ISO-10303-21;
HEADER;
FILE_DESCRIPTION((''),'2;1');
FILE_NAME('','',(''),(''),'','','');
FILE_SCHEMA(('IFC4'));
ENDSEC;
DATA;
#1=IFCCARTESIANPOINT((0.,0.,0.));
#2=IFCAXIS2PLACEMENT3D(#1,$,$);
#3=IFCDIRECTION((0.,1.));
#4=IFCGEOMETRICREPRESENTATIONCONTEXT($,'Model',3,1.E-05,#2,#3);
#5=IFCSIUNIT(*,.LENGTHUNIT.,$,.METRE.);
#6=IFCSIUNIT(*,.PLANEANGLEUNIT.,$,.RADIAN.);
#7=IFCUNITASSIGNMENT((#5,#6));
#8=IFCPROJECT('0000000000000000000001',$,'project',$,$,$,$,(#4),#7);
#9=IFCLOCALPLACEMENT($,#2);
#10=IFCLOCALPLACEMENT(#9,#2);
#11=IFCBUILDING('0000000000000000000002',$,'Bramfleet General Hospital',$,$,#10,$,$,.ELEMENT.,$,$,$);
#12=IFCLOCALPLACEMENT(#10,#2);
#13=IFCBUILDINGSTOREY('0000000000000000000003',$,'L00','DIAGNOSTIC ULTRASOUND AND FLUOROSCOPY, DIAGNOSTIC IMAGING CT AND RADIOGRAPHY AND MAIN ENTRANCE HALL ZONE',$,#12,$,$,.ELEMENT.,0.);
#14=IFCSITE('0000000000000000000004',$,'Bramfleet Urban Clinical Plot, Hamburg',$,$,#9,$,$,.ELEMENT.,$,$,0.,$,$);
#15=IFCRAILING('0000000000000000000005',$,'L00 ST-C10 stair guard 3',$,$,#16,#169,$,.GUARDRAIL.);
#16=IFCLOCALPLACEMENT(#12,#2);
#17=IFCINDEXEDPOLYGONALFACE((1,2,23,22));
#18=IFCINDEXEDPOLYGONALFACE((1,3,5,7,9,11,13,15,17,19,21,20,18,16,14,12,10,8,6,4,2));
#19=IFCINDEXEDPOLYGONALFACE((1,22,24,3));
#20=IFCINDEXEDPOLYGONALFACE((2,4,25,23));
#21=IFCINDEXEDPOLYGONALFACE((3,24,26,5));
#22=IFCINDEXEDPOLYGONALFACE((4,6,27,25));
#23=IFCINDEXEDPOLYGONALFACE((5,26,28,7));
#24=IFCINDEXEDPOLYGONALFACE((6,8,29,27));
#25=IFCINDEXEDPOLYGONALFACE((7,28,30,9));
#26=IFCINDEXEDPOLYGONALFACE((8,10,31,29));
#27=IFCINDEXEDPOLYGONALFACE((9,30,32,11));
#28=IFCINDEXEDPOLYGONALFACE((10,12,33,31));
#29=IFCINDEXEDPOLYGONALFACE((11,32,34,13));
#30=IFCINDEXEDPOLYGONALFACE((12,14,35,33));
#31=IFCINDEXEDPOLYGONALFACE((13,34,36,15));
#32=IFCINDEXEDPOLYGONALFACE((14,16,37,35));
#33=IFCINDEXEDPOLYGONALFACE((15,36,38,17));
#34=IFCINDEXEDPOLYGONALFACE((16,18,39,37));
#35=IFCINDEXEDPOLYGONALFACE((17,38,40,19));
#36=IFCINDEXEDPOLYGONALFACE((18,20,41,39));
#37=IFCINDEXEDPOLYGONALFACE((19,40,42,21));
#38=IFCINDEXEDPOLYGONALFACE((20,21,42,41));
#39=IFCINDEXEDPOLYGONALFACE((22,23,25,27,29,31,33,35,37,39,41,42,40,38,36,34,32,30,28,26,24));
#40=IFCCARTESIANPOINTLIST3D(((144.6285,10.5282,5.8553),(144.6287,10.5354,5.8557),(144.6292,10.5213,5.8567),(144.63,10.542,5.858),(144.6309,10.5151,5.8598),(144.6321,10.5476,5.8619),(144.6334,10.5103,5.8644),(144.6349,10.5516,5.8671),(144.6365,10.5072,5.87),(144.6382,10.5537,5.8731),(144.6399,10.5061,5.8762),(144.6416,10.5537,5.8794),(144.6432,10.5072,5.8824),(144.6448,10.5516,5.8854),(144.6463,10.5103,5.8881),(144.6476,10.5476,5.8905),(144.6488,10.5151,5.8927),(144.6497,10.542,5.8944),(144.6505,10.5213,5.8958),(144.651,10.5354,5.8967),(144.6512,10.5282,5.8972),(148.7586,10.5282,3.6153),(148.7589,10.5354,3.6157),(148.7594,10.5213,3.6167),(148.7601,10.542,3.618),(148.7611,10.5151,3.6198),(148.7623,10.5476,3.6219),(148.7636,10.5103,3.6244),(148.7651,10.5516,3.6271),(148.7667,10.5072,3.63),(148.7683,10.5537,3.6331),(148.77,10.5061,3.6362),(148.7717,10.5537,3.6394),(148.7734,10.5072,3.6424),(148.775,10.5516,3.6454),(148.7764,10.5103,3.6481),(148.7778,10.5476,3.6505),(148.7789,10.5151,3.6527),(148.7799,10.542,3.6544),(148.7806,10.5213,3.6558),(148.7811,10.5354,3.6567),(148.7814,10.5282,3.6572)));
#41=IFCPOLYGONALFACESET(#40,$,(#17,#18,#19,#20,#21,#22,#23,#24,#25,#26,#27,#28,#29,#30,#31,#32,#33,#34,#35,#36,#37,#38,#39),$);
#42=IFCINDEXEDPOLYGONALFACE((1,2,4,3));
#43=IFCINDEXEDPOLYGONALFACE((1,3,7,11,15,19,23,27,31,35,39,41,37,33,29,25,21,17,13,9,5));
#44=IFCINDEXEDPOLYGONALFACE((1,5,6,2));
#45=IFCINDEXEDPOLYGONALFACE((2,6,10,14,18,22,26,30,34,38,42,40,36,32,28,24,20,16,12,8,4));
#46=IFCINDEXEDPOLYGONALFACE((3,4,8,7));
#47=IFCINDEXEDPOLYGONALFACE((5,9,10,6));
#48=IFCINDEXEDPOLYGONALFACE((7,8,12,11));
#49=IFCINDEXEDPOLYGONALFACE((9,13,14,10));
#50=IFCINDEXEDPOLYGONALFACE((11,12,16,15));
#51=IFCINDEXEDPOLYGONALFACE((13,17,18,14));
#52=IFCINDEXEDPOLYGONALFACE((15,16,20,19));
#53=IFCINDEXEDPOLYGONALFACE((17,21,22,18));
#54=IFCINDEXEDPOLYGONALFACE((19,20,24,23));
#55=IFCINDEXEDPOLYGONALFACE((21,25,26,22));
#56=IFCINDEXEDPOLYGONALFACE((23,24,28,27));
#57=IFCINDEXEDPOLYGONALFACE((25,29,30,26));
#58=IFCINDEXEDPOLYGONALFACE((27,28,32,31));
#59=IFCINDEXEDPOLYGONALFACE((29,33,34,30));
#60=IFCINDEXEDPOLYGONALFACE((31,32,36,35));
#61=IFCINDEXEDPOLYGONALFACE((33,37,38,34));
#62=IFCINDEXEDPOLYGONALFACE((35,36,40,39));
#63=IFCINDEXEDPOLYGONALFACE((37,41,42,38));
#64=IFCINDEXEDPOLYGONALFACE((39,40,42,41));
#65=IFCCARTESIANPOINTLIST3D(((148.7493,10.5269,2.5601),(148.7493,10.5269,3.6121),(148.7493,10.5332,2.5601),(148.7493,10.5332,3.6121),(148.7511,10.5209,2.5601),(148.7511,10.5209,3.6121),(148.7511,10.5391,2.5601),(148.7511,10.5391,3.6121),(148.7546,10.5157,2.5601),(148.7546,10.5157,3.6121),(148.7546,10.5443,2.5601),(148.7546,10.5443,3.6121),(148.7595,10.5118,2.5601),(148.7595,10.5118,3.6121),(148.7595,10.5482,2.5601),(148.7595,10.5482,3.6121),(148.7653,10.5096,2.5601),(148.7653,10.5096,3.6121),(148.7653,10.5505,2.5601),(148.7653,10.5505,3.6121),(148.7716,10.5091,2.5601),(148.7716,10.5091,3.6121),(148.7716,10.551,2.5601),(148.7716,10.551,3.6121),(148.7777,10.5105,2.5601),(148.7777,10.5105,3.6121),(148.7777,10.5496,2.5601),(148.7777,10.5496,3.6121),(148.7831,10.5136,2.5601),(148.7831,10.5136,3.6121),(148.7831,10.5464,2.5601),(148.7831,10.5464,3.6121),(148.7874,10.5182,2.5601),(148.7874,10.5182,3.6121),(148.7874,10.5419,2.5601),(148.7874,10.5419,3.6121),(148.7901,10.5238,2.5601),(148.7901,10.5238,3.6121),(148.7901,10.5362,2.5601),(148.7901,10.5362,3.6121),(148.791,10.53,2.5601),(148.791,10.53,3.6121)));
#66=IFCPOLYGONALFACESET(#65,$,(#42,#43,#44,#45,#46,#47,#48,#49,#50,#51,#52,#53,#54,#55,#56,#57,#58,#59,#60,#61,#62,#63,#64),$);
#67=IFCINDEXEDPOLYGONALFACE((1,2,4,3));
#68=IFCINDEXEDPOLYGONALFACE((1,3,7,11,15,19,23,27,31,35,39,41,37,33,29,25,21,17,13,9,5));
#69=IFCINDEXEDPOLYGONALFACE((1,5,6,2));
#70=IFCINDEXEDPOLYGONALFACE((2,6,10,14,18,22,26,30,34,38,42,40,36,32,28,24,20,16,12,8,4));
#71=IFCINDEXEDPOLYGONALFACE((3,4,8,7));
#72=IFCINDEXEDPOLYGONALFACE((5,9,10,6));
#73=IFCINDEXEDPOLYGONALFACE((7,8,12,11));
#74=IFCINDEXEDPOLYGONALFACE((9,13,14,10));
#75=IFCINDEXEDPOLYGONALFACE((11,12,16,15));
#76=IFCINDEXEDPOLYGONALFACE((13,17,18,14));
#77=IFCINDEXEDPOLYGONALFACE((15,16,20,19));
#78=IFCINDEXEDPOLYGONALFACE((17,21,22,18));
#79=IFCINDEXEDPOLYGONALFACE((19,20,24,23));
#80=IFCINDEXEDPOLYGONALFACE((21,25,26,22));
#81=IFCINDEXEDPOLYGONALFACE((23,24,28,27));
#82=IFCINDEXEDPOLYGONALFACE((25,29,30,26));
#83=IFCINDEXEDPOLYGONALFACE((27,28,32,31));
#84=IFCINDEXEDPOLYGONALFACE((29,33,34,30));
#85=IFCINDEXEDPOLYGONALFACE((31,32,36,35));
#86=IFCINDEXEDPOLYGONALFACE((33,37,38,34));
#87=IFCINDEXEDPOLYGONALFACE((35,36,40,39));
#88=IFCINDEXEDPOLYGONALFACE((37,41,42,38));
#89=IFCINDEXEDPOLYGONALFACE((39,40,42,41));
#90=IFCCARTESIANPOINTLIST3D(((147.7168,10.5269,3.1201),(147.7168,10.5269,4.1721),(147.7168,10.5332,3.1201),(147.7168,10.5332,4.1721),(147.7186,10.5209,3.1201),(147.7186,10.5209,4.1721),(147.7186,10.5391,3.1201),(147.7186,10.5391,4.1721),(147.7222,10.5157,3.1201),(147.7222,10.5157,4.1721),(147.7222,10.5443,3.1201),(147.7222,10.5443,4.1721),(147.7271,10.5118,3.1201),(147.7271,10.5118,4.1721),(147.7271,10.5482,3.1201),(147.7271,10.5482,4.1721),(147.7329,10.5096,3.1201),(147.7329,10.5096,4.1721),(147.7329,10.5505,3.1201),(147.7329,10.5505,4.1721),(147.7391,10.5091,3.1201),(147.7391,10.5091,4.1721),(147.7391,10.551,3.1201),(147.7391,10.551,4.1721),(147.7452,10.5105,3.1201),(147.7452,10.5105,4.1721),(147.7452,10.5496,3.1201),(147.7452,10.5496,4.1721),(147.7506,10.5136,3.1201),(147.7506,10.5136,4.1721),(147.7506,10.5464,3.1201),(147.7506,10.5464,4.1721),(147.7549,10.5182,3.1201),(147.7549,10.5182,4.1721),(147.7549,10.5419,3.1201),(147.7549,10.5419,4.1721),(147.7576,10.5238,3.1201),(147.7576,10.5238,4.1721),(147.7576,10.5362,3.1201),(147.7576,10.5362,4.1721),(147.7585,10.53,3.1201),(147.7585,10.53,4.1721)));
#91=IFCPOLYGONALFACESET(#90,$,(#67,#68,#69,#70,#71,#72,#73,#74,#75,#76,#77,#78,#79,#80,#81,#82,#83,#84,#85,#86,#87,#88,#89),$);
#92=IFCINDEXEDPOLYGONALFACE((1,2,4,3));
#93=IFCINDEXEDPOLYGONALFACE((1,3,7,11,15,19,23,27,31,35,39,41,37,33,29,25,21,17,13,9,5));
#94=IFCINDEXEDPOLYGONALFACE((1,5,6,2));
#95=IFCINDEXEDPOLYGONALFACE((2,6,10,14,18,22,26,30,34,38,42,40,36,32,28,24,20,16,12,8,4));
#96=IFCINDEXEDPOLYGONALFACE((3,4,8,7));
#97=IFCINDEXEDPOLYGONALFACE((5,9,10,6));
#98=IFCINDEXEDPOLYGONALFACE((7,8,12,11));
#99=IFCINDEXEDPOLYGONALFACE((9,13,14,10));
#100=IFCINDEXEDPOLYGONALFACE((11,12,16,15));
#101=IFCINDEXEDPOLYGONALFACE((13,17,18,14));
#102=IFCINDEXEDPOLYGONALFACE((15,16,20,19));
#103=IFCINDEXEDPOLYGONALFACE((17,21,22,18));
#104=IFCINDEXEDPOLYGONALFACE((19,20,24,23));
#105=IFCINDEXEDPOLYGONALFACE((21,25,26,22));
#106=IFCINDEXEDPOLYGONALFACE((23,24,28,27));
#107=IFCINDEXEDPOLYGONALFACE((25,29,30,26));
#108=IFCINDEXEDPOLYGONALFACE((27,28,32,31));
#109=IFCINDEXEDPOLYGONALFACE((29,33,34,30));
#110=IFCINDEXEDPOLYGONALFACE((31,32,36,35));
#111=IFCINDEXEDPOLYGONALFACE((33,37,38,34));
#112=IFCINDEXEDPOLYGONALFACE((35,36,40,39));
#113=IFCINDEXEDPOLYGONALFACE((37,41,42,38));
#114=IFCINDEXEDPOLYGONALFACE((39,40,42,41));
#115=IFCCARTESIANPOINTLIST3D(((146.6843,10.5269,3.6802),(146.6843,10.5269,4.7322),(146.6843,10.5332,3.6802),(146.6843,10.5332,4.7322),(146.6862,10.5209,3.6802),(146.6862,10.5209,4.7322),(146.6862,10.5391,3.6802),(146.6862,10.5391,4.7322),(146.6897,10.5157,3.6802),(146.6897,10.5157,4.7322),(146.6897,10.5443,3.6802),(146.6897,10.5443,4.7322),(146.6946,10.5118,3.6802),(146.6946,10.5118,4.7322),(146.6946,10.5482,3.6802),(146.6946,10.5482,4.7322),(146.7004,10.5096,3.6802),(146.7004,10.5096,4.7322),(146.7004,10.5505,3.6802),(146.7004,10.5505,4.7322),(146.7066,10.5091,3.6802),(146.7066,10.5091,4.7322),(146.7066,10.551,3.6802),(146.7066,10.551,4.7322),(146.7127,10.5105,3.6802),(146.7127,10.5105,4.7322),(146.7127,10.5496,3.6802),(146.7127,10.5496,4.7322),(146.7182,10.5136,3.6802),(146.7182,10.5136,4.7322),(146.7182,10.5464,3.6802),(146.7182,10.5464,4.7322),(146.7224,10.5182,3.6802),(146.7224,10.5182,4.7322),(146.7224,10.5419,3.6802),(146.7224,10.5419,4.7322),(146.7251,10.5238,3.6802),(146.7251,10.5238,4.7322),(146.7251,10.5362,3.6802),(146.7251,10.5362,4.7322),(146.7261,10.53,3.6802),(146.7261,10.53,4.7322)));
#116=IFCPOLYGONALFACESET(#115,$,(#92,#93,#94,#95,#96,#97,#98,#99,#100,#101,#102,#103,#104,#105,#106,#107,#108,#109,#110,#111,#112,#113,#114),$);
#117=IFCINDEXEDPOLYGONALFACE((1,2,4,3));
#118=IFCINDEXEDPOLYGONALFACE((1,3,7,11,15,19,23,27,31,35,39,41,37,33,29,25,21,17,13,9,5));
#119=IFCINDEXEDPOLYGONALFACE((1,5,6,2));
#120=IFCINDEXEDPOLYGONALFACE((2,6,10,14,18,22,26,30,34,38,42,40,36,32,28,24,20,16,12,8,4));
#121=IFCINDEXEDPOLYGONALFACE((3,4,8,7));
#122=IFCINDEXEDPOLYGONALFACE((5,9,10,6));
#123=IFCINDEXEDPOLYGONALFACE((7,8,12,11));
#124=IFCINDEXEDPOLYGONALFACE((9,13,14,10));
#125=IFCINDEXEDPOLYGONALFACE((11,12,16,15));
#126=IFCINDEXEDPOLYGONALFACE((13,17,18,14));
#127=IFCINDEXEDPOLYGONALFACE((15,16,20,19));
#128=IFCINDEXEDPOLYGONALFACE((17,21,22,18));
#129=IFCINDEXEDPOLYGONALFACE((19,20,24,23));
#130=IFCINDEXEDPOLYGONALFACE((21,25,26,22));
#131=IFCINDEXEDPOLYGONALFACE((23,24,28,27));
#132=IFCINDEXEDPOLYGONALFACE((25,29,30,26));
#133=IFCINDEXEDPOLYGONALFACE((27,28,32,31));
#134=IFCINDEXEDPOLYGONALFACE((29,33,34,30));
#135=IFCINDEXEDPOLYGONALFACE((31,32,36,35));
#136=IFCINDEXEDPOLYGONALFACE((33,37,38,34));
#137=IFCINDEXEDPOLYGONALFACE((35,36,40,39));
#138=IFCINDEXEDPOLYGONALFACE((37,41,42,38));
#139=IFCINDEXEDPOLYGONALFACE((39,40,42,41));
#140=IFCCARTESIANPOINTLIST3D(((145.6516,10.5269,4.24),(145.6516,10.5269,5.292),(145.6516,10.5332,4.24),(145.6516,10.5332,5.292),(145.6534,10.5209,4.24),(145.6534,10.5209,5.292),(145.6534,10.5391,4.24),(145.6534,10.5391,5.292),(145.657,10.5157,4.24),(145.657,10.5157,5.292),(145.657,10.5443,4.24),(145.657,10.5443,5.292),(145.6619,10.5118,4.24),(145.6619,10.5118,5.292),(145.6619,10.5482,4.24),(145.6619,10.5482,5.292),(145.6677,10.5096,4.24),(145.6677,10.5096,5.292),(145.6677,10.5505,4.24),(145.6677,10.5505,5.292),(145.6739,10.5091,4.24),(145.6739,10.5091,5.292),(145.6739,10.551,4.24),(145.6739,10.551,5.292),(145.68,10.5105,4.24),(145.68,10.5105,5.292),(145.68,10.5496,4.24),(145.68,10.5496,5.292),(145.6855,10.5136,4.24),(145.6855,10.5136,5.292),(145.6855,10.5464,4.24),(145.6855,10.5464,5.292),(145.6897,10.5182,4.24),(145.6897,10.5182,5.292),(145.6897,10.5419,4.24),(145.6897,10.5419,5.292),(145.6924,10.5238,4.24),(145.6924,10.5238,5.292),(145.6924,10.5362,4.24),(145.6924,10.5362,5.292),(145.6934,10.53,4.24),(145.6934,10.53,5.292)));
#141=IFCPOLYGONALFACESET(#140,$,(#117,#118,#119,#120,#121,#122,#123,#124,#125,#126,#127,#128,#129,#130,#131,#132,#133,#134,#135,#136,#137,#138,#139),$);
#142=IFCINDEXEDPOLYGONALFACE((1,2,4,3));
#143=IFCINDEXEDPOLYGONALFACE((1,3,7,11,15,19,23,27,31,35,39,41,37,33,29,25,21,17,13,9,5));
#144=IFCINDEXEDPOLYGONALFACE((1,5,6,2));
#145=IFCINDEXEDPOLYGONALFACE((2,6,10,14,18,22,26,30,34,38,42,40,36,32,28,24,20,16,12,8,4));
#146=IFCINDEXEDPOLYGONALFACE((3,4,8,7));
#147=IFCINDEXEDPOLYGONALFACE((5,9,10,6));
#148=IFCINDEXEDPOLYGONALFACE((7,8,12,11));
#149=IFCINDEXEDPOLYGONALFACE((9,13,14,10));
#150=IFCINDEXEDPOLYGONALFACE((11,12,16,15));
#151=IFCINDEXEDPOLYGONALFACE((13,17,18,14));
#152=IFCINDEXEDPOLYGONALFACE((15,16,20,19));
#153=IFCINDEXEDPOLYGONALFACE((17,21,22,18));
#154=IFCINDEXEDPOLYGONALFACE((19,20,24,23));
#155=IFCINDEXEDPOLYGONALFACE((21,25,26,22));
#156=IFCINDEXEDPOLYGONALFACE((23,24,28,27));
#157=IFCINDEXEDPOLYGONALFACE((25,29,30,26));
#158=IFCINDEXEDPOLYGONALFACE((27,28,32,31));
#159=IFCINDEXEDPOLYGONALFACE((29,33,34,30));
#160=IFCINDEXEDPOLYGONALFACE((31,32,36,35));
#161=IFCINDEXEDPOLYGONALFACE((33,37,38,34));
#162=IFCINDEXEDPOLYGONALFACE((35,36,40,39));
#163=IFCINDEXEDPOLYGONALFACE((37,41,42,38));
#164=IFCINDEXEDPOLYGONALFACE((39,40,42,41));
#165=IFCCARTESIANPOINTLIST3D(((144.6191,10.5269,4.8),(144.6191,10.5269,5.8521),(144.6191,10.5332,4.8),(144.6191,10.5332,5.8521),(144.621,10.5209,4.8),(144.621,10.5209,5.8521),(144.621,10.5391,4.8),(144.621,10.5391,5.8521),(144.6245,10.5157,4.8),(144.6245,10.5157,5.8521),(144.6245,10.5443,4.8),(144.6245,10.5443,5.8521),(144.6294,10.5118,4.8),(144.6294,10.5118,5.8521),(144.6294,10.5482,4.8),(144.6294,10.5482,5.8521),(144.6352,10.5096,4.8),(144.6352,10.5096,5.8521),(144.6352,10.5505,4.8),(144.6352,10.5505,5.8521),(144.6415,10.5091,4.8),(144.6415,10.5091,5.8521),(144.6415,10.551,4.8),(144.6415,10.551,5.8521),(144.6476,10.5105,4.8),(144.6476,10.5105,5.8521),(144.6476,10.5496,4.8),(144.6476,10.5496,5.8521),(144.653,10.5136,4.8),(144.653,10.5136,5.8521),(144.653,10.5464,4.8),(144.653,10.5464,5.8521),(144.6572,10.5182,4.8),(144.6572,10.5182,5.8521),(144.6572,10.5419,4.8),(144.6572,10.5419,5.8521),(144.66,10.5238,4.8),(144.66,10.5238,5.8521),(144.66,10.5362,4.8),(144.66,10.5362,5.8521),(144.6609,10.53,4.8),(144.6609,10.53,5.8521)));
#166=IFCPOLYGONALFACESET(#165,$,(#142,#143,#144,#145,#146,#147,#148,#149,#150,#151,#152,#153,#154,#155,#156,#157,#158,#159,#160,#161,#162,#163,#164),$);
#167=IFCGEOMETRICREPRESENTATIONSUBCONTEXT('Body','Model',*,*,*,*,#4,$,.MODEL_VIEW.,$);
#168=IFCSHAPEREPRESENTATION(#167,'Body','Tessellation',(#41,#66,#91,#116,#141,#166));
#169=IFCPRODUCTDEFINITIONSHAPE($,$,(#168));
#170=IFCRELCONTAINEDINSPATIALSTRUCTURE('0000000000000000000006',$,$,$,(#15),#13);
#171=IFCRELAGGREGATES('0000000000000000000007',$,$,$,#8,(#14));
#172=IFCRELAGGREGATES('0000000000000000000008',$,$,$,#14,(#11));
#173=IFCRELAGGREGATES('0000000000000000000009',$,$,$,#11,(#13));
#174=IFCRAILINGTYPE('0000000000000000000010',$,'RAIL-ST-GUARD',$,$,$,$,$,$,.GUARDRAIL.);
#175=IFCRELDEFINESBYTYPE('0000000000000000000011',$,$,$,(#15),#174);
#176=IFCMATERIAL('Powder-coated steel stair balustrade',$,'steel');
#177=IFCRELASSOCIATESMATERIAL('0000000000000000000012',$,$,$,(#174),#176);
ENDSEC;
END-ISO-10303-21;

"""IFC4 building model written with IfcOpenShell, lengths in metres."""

from ifc_helpers import new_model, si_unit, direction, frame, origin, origin_2d, place, context, subcontext, project, spatial, circle, extrude, material, type_object, element, save


model = new_model("IFC4")

# Units and contexts
model_context = context("Model", 3, precision=1e-05, world=origin(), true_north=direction((0.0, 1.0)))
body_context = subcontext(model_context, "Body", "Model", "MODEL_VIEW")
ifc_project = project(units=[si_unit("LENGTHUNIT", "METRE"), si_unit("PLANEANGLEUNIT", "RADIAN")], contexts=[model_context])

# Site, building, storey
site_placement = place(None, origin())
site = spatial("IfcSite", under=ifc_project, at=site_placement, Name="Bramfleet Urban Clinical Plot, Hamburg", CompositionType="ELEMENT", RefElevation=0.0)
building_placement = place(site_placement, origin())
building = spatial("IfcBuilding", under=site, at=building_placement, Name="Bramfleet General Hospital", CompositionType="ELEMENT")
storey_placement = place(building_placement, origin())
storey = spatial("IfcBuildingStorey", under=building, at=storey_placement, Name="L00", Description="DIAGNOSTIC ULTRASOUND AND FLUOROSCOPY, DIAGNOSTIC IMAGING CT AND RADIOGRAPHY AND MAIN ENTRANCE HALL ZONE", CompositionType="ELEMENT", Elevation=0.0)

# Railing
ifc_material_1 = material(Name="Powder-coated steel stair balustrade", Category="steel")
railing_type_1 = type_object("IfcRailingType", Name="RAIL-ST-GUARD", PredefinedType="GUARDRAIL", material=ifc_material_1)
railing_1_placement = place(storey_placement, frame((148.77, 10.53, 2.5601)))
element("IfcRailing", 1, at=railing_1_placement, inside=storey, type_object=railing_type_1, Name="L00 ST-C10 stair guard 3", PredefinedType="GUARDRAIL", context=body_context, shape_type="SweptSolid", body=[
    extrude(circle(Radius=0.0239, at=origin_2d()), frame((0.0, 0.0, 1.0762), z_axis=(-0.879039, 0.0, 0.47675), x_axis=(0.0, -1.0, 0.0)), (0.0, 0.0, 1.0), 4.6985),
    extrude(circle(Radius=0.021, at=origin_2d()), origin(), (0.0, 0.0, 1.0), 1.052),
    extrude(circle(Radius=0.021, at=origin_2d()), frame((-1.0325, 0.0, 0.5601)), (0.0, 0.0, 1.0), 1.052),
    extrude(circle(Radius=0.021, at=origin_2d()), frame((-2.0649, 0.0, 1.1201)), (0.0, 0.0, 1.0), 1.052),
    extrude(circle(Radius=0.021, at=origin_2d()), frame((-3.0977, 0.0, 1.6799)), (0.0, 0.0, 1.0), 1.052),
    extrude(circle(Radius=0.021, at=origin_2d()), frame((-4.1301, 0.0, 2.24)), (0.0, 0.0, 1.0), 1.052),
])

save(model, "model.ifc")
